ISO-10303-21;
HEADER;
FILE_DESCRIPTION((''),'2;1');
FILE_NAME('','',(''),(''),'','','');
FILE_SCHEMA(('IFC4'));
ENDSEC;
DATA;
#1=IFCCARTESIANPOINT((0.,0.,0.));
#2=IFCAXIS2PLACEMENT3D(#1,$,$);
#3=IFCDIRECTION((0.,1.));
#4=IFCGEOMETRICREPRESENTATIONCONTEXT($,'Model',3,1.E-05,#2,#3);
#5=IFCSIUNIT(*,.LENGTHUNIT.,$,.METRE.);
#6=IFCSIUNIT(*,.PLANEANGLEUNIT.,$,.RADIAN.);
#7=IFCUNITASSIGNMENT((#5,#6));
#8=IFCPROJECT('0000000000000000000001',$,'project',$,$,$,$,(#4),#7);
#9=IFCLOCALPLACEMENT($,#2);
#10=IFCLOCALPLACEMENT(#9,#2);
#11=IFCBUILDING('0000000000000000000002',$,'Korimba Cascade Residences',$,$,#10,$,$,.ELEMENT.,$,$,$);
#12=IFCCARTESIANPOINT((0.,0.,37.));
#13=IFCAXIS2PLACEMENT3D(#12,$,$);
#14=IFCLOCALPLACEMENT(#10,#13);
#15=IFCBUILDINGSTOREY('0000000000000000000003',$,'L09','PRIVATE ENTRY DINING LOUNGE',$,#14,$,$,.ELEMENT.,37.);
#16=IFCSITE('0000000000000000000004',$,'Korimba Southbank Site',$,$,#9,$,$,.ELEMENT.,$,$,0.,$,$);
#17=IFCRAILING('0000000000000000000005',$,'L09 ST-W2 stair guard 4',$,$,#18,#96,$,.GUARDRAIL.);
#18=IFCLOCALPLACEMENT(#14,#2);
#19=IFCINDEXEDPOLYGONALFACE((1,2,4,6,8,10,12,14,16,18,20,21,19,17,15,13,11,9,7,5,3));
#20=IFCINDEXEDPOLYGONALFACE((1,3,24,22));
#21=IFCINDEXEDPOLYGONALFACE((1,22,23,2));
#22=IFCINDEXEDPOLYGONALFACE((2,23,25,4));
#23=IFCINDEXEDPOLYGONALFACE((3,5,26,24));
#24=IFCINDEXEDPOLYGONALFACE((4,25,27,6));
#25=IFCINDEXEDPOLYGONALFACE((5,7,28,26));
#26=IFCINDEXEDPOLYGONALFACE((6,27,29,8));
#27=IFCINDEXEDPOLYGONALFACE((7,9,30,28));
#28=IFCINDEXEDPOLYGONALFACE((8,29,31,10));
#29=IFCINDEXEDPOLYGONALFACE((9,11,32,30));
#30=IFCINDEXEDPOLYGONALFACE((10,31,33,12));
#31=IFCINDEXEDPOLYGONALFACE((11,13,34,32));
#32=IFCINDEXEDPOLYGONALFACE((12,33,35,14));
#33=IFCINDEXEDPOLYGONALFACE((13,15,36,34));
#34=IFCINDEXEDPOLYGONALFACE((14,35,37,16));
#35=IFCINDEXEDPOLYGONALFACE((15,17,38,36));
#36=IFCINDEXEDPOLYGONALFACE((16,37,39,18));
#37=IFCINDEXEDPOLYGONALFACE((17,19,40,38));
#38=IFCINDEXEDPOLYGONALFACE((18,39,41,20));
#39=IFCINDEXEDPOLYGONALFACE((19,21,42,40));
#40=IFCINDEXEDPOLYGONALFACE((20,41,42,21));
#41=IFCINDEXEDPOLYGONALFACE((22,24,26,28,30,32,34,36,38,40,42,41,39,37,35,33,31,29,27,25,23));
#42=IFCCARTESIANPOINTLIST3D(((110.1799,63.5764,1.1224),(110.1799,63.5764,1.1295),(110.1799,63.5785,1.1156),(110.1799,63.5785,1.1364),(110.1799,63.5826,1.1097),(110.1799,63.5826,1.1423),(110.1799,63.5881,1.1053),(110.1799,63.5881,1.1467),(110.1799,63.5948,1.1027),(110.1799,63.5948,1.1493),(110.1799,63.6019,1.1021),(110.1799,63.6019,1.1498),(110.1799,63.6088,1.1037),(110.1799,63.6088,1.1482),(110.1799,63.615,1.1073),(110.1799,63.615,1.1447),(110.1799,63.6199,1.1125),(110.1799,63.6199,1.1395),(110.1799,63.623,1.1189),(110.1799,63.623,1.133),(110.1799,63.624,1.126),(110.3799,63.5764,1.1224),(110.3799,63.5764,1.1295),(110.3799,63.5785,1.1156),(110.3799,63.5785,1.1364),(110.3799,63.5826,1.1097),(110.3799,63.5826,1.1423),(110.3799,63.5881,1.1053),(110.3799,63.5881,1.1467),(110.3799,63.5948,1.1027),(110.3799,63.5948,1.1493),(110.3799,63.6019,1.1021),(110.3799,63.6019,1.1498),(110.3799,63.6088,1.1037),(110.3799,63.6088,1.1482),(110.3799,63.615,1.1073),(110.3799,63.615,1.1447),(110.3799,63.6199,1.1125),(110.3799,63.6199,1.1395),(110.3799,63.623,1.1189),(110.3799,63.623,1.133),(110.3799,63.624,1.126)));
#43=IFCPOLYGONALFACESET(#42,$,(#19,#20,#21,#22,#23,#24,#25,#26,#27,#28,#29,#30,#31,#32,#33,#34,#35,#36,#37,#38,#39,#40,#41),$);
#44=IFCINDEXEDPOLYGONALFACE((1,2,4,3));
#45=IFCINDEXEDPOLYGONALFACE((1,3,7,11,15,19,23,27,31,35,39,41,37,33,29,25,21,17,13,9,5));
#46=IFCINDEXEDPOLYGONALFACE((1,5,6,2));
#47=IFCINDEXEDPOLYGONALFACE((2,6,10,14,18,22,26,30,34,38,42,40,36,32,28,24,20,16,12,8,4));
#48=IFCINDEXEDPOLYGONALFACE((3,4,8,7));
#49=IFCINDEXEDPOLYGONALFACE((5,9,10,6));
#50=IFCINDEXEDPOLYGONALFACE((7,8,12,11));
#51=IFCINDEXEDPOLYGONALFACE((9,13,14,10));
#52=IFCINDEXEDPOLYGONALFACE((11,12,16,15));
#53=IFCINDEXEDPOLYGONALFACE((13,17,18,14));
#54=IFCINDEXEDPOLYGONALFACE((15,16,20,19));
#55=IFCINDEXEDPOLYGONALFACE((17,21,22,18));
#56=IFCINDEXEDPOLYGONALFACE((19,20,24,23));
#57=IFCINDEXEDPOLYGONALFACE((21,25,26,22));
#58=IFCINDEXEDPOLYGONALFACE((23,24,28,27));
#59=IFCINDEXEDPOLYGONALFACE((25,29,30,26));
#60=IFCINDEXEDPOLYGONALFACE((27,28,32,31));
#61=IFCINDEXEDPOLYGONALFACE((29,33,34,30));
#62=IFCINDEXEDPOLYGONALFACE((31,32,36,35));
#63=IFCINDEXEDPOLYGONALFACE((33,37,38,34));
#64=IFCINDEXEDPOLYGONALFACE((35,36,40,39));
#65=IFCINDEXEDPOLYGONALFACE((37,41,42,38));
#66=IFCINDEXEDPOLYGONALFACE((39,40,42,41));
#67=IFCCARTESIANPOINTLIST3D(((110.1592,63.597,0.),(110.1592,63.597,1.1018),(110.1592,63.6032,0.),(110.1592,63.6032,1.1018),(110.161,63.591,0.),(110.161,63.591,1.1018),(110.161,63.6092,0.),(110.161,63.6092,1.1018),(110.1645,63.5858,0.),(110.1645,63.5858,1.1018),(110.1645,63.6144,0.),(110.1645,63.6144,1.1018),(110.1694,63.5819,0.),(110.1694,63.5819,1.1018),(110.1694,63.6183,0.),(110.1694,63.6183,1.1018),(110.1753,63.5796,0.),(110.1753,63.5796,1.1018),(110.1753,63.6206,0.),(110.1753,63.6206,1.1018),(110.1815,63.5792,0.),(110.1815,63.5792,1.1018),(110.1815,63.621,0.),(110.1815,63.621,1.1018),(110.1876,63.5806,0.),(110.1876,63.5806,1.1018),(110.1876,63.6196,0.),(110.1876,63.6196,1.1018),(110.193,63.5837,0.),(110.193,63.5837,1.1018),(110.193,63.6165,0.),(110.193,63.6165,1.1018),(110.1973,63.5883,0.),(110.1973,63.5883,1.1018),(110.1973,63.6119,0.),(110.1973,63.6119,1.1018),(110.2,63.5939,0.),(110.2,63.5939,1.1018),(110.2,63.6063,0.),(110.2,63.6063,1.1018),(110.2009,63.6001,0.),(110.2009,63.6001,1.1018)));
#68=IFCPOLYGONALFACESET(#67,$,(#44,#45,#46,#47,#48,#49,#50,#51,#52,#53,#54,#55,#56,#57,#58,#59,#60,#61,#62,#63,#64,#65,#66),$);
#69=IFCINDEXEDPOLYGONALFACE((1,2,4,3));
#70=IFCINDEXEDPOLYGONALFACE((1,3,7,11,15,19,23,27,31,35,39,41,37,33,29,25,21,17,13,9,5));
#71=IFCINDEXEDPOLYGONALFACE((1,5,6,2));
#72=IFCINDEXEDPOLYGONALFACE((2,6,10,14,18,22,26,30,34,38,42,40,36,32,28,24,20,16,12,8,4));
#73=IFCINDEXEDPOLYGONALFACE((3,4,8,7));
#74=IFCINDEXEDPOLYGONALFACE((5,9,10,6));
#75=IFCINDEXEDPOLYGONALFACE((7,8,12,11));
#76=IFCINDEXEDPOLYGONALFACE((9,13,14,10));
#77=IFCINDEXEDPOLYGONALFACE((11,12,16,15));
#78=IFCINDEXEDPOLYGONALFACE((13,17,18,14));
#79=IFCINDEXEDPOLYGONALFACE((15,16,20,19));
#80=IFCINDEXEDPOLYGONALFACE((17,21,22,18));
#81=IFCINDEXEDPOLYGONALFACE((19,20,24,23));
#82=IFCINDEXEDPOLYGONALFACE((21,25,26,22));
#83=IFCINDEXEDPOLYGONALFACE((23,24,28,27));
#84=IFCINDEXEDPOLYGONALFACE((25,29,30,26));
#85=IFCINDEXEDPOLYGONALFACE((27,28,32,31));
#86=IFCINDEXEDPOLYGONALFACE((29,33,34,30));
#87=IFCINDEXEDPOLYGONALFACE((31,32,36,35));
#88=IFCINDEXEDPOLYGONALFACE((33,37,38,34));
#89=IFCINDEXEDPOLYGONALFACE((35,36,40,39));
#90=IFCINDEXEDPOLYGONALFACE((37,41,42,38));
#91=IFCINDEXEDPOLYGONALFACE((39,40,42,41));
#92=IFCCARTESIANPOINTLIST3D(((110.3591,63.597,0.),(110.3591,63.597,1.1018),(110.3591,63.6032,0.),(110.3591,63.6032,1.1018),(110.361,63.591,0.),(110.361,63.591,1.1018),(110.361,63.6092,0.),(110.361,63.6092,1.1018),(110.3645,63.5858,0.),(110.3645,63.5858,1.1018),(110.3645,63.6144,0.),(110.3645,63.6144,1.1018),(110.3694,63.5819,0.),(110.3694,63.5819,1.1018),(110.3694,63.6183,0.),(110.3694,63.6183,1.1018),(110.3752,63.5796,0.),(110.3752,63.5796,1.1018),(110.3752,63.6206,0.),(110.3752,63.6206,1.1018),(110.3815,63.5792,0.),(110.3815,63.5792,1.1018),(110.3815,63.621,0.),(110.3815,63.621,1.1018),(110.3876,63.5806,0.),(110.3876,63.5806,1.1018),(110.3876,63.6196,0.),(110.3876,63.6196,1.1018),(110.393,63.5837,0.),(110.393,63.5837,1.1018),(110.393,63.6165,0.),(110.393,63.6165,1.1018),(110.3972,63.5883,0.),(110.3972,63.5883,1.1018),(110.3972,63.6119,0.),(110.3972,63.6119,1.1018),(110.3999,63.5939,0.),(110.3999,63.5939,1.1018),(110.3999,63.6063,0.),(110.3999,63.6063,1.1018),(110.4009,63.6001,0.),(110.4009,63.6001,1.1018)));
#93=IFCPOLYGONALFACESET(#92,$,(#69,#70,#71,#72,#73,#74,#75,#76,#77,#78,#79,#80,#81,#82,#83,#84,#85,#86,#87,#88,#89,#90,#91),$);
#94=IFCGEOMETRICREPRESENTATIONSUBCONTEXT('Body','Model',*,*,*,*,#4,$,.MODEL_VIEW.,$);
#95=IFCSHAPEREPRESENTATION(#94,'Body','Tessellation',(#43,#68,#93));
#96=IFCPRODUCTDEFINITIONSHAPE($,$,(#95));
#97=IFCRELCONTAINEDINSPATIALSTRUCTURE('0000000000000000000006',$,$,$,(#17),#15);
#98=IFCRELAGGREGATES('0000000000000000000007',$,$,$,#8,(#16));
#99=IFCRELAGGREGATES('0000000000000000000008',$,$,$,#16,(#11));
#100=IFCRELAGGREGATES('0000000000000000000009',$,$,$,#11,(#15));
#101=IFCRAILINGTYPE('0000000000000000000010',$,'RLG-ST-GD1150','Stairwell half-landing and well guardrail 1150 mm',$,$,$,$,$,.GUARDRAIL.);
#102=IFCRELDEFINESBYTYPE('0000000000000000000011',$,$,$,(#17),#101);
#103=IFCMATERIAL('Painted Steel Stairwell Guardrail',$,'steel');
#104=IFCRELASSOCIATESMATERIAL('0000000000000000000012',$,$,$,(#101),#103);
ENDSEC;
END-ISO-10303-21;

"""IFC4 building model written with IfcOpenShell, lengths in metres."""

from ifc_helpers import new_model, si_unit, direction, frame, origin, origin_2d, place, context, subcontext, project, spatial, circle, extrude, material, type_object, element, save


model = new_model("IFC4")

# Units and contexts
model_context = context("Model", 3, precision=1e-05, world=origin(), true_north=direction((0.0, 1.0)))
body_context = subcontext(model_context, "Body", "Model", "MODEL_VIEW")
ifc_project = project(units=[si_unit("LENGTHUNIT", "METRE"), si_unit("PLANEANGLEUNIT", "RADIAN")], contexts=[model_context])

# Site, building, storey
site_placement = place(None, origin())
site = spatial("IfcSite", under=ifc_project, at=site_placement, Name="Korimba Southbank Site", CompositionType="ELEMENT", RefElevation=0.0)
building_placement = place(site_placement, origin())
building = spatial("IfcBuilding", under=site, at=building_placement, Name="Korimba Cascade Residences", CompositionType="ELEMENT")
storey_placement = place(building_placement, frame((0.0, 0.0, 37.0)))
storey = spatial("IfcBuildingStorey", under=building, at=storey_placement, Name="L09", Description="PRIVATE ENTRY DINING LOUNGE", CompositionType="ELEMENT", Elevation=37.0)

# Railing
ifc_material_1 = material(Name="Painted Steel Stairwell Guardrail", Category="steel")
railing_type_1 = type_object("IfcRailingType", Name="RLG-ST-GD1150", Description="Stairwell half-landing and well guardrail 1150 mm", PredefinedType="GUARDRAIL", material=ifc_material_1)
railing_1_placement = place(storey_placement, frame((110.1799, 63.6001, 0.0)))
element("IfcRailing", 1, at=railing_1_placement, inside=storey, type_object=railing_type_1, Name="L09 ST-W2 stair guard 4", PredefinedType="GUARDRAIL", context=body_context, shape_type="SweptSolid", body=[
    extrude(circle(Radius=0.0239, at=origin_2d()), frame((0.0, 0.0, 1.126), z_axis=(1.0, 0.0, 0.0), x_axis=(0.0, 1.0, 0.0)), (0.0, 0.0, 1.0), 0.2),
    extrude(circle(Radius=0.021, at=origin_2d()), origin(), (0.0, 0.0, 1.0), 1.1018),
    extrude(circle(Radius=0.021, at=origin_2d()), frame((0.2, 0.0, 0.0)), (0.0, 0.0, 1.0), 1.1018),
])

save(model, "model.ifc")
